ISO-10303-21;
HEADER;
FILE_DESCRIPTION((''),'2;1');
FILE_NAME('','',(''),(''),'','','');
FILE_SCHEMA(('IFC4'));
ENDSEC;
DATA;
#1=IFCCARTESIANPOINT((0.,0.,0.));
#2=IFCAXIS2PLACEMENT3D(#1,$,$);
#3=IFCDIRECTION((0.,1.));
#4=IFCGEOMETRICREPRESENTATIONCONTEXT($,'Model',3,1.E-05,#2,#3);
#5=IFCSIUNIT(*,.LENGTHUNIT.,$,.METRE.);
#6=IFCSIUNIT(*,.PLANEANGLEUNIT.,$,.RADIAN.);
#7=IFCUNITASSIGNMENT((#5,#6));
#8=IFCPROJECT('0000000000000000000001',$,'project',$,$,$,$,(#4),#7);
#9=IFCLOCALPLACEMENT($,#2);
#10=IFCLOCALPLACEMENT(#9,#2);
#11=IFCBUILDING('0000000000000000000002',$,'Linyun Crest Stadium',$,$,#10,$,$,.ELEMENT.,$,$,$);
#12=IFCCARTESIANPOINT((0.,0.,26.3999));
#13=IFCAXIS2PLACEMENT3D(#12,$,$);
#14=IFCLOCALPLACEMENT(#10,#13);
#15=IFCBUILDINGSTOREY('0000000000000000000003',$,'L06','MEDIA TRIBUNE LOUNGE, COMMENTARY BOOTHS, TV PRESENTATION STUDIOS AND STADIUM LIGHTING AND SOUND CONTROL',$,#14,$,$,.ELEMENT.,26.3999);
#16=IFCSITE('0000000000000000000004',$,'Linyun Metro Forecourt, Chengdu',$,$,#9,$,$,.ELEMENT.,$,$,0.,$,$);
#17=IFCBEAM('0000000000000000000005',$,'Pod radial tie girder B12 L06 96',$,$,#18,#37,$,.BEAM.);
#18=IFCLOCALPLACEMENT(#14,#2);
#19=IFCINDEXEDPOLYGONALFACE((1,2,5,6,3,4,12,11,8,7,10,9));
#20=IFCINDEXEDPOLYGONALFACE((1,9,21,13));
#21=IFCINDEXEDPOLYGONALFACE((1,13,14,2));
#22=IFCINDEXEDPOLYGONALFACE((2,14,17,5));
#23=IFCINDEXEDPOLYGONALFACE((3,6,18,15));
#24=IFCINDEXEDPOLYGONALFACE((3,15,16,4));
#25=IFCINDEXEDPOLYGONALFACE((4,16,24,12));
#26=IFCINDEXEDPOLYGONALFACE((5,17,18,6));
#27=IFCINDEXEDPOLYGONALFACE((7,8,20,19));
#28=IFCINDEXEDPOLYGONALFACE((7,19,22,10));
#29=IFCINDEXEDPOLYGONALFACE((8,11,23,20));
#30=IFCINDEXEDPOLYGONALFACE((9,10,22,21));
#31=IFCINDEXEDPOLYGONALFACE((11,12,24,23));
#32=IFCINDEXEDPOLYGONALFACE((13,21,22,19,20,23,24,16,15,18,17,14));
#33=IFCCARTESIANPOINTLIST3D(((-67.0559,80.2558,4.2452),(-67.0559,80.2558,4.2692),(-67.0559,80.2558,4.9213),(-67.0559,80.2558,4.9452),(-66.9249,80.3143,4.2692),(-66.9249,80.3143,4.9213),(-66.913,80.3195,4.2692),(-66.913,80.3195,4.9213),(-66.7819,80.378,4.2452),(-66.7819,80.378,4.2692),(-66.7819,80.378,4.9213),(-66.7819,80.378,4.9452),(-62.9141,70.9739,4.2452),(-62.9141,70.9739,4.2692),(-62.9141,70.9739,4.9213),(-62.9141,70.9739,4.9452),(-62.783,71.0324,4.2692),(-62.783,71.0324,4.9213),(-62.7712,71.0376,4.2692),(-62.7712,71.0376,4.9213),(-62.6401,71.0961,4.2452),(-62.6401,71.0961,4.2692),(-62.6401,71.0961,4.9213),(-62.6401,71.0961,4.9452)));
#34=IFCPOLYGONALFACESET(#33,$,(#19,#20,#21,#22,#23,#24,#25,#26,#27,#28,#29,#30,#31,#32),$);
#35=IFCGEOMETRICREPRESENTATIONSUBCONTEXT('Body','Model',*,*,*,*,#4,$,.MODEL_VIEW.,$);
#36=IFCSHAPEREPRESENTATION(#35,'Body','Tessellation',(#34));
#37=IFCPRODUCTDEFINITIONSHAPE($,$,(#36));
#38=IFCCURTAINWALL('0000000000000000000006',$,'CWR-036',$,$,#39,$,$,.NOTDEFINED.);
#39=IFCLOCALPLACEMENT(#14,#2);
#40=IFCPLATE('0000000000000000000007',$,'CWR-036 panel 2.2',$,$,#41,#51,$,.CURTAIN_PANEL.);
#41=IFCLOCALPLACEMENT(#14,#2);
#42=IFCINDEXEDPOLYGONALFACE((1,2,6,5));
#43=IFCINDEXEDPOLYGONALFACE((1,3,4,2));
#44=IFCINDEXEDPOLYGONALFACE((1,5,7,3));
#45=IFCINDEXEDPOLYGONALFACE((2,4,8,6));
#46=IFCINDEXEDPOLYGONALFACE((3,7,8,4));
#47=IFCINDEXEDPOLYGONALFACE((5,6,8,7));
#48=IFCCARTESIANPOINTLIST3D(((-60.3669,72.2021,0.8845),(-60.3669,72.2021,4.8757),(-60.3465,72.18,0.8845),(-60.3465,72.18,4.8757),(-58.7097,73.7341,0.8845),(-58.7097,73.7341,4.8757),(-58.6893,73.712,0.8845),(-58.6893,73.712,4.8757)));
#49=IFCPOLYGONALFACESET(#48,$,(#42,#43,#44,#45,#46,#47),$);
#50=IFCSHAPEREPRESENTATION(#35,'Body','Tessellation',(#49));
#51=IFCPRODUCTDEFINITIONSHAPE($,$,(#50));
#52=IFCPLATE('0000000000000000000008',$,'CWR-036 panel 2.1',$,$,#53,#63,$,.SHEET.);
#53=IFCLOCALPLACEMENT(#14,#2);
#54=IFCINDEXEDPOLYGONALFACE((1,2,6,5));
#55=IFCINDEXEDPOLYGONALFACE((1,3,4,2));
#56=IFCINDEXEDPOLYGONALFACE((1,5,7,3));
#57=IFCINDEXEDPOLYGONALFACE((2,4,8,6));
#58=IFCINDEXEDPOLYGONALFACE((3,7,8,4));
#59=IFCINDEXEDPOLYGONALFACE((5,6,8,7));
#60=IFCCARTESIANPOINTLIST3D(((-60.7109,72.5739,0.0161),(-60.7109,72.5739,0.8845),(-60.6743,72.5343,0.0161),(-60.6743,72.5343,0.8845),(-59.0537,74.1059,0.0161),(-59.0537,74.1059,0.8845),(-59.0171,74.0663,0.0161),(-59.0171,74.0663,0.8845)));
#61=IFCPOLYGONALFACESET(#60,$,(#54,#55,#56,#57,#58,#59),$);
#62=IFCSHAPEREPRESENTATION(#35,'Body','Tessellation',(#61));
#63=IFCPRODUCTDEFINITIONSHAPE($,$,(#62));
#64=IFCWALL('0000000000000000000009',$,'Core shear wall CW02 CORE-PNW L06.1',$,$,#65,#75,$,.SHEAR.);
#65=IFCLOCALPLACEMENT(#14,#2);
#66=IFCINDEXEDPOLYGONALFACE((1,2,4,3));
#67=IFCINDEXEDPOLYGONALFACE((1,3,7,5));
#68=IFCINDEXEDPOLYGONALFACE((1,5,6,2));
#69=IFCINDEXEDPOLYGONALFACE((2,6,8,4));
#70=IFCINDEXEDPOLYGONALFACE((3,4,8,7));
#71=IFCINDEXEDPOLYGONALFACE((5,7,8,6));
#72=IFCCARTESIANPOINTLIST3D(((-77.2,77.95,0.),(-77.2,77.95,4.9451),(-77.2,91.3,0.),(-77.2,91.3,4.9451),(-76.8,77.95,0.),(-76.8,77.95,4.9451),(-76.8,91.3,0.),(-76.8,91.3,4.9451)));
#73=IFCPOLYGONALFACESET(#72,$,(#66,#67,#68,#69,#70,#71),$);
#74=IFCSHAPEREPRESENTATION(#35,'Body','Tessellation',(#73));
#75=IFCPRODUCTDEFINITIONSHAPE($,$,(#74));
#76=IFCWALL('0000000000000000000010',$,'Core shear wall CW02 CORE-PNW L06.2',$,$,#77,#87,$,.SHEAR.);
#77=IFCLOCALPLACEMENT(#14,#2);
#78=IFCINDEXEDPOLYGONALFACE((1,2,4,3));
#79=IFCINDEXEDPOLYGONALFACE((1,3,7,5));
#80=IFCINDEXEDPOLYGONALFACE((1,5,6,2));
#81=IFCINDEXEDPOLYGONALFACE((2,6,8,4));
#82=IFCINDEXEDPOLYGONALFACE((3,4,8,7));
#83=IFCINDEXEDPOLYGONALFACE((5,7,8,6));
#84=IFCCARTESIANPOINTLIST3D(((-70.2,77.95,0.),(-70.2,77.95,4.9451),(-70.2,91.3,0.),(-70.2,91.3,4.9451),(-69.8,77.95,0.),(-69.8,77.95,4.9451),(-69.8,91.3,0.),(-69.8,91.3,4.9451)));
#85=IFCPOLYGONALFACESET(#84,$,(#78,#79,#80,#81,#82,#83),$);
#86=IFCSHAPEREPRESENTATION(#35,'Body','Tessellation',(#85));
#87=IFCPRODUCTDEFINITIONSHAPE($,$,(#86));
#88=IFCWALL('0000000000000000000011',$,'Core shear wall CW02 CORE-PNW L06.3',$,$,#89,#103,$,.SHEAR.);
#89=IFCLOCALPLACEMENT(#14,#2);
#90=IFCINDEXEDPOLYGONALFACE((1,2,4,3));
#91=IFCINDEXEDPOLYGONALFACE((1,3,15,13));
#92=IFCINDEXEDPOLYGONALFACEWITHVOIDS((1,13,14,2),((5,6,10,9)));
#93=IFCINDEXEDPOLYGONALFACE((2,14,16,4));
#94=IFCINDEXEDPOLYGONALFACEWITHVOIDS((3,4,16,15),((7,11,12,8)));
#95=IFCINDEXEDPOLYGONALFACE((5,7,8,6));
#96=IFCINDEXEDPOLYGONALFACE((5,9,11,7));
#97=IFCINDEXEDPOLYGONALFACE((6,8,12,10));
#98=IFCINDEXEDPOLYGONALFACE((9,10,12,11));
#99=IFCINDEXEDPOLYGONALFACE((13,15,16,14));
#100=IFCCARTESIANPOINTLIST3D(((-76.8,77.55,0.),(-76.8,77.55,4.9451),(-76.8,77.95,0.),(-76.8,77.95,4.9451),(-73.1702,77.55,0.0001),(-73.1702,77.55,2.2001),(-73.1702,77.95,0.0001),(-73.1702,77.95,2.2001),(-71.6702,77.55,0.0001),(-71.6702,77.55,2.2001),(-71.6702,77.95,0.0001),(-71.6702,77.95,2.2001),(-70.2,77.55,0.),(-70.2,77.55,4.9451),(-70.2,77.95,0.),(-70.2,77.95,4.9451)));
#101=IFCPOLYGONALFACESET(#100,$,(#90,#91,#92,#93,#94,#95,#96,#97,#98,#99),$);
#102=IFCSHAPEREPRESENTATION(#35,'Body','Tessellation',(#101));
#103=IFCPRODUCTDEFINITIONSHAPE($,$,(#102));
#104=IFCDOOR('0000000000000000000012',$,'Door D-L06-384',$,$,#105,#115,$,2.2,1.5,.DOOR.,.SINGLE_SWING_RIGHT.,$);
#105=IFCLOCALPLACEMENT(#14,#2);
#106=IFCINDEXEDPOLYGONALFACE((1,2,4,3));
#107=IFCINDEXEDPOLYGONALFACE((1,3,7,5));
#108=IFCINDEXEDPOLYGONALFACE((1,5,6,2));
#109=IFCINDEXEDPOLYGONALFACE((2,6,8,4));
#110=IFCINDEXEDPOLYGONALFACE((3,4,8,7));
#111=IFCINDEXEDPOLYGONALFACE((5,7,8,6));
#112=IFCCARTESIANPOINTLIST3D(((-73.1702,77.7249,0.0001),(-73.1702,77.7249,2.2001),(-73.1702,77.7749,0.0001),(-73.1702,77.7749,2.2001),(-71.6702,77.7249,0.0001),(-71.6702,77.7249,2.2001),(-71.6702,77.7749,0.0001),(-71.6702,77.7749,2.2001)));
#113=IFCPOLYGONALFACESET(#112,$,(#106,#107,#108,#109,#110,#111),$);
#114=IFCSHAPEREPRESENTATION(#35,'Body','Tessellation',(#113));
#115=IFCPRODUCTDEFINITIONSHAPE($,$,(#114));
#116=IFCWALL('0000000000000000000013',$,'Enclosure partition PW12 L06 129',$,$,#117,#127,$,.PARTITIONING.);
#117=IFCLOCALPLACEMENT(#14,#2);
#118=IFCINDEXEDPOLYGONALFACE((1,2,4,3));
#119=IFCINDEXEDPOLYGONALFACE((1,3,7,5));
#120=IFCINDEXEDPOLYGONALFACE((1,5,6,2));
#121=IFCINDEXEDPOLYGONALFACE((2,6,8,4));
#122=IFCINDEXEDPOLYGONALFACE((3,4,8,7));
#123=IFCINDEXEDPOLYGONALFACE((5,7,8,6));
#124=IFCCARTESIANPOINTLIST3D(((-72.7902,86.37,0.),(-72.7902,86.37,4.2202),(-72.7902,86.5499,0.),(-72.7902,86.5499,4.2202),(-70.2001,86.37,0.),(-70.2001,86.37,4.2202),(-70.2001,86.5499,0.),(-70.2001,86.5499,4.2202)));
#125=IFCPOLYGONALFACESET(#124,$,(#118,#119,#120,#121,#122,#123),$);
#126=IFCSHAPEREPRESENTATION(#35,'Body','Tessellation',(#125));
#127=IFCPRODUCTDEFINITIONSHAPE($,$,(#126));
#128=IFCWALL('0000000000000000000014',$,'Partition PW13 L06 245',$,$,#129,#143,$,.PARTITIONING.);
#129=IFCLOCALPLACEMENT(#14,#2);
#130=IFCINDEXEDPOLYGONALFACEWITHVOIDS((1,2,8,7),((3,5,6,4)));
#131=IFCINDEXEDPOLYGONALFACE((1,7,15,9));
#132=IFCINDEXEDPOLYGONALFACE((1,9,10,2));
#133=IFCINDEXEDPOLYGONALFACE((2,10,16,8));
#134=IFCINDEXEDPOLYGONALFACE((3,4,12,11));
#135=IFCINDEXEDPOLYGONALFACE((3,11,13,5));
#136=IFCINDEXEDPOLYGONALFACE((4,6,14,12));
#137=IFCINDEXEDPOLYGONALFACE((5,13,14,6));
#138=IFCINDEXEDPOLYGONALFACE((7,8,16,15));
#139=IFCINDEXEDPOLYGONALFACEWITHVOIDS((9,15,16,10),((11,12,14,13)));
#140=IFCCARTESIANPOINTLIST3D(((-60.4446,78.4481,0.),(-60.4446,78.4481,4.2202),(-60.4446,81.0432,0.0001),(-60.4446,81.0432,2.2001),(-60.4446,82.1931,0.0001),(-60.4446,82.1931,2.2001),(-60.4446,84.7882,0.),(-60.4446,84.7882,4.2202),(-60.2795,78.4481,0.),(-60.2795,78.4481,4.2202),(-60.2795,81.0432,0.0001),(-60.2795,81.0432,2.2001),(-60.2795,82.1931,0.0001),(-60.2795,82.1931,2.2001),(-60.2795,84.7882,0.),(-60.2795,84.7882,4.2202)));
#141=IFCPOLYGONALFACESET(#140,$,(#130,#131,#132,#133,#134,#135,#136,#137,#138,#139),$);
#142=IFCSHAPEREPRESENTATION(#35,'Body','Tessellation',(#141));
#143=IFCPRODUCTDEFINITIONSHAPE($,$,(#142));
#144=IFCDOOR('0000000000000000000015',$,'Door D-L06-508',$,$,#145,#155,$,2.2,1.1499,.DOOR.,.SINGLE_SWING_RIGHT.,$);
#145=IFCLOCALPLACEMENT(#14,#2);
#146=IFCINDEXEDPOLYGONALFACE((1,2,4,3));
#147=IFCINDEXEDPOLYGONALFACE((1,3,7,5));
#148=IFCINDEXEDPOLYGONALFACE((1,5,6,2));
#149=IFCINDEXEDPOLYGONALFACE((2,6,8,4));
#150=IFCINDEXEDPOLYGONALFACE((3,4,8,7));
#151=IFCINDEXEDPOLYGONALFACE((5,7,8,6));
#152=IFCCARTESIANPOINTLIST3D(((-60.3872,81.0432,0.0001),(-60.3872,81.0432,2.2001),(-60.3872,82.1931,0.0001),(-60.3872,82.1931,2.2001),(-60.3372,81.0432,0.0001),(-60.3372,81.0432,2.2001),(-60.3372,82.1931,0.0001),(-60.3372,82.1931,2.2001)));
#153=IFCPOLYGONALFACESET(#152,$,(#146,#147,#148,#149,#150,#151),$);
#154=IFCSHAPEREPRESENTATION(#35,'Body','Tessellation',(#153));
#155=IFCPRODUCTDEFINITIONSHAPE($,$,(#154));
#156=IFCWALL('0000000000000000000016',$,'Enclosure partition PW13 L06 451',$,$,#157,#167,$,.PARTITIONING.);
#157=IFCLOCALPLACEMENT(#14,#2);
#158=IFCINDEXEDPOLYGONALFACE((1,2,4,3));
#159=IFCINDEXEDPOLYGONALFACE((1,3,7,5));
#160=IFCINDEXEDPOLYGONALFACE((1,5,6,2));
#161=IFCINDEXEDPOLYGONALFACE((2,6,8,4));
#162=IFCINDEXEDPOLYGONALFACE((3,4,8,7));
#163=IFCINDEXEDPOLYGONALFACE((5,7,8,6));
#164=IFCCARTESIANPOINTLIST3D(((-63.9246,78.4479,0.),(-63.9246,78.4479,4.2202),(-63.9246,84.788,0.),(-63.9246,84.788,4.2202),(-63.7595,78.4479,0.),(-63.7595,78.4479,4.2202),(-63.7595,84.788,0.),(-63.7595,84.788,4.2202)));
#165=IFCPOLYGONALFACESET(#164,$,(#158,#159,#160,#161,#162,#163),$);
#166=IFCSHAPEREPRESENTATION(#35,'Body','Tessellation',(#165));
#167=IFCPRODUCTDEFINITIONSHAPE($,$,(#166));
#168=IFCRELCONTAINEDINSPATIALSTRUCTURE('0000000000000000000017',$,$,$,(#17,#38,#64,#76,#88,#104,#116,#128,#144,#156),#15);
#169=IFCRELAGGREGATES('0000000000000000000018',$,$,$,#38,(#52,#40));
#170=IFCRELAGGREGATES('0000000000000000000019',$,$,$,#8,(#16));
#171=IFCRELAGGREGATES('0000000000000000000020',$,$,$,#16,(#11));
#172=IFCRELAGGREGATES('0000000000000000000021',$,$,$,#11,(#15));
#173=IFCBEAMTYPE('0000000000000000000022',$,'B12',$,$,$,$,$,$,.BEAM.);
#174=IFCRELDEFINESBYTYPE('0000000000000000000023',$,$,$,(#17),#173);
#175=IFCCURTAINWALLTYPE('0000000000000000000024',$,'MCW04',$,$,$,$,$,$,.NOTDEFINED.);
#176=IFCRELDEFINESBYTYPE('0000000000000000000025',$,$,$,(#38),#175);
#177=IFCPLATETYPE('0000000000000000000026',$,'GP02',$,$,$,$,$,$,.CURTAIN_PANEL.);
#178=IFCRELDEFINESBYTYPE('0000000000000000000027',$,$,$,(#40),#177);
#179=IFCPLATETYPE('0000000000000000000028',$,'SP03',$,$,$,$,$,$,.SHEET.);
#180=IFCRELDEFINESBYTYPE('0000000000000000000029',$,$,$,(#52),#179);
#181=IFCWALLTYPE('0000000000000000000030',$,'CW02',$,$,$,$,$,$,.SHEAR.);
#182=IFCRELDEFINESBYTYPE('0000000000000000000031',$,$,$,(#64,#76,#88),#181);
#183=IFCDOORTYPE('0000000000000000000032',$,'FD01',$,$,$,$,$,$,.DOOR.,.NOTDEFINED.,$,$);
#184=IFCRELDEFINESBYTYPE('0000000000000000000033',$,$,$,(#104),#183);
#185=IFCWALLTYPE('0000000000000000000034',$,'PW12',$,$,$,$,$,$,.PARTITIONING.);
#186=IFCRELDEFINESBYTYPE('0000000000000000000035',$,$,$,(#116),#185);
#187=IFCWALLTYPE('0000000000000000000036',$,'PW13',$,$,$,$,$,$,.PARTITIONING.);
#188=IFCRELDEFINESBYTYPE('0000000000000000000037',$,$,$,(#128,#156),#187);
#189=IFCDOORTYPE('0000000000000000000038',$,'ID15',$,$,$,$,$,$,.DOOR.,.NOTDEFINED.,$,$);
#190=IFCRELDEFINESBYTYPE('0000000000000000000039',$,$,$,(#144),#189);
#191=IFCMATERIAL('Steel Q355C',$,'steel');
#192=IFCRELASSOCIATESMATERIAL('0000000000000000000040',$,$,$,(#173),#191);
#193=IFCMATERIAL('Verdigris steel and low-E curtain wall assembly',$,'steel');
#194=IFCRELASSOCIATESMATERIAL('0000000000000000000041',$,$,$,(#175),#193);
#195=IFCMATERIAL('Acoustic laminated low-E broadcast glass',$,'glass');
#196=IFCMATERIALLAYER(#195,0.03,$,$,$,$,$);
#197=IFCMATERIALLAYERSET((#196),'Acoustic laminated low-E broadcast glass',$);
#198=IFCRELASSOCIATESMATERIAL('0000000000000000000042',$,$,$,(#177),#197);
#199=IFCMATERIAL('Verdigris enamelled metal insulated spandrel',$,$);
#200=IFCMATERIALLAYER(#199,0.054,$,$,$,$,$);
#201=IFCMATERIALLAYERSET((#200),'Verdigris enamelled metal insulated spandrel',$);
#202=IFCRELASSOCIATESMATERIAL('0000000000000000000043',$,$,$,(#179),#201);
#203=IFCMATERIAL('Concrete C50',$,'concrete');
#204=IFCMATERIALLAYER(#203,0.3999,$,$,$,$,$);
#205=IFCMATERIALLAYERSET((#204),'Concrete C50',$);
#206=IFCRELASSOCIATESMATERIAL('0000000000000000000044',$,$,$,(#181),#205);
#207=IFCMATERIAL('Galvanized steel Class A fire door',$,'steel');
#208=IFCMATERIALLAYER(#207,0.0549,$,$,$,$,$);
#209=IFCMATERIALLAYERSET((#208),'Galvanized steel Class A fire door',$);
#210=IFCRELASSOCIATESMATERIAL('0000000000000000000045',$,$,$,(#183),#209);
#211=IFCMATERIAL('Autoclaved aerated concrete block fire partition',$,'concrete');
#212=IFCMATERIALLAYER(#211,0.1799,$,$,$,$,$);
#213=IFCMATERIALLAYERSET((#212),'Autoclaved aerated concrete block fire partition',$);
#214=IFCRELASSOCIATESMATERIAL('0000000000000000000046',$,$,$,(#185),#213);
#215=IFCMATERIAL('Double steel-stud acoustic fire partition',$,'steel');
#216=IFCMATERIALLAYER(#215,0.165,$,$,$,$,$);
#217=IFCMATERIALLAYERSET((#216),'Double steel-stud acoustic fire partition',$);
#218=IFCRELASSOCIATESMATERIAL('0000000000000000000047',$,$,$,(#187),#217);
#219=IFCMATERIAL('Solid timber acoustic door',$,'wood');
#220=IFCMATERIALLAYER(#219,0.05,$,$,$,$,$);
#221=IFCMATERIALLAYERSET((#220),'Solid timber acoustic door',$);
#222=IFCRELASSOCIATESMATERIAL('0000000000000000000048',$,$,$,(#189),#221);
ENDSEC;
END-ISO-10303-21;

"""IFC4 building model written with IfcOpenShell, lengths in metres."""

from ifc_helpers import new_model, si_unit, direction, frame, frame_2d, origin, origin_2d, place, context, subcontext, project, spatial, rectangle, i_section, extrude, material, layer, layer_set, material_profile, profile_set, type_object, element, fill, aggregate, save


model = new_model("IFC4")

# Units and contexts
model_context = context("Model", 3, precision=1e-05, world=origin(), true_north=direction((0.0, 1.0)))
body_context = subcontext(model_context, "Body", "Model", "MODEL_VIEW")
ifc_project = project(units=[si_unit("LENGTHUNIT", "METRE"), si_unit("PLANEANGLEUNIT", "RADIAN")], contexts=[model_context])

# Site, building, storey
site_placement = place(None, origin())
site = spatial("IfcSite", under=ifc_project, at=site_placement, Name="Linyun Metro Forecourt, Chengdu", CompositionType="ELEMENT", RefElevation=0.0)
building_placement = place(site_placement, origin())
building = spatial("IfcBuilding", under=site, at=building_placement, Name="Linyun Crest Stadium", CompositionType="ELEMENT")
storey_placement = place(building_placement, frame((0.0, 0.0, 26.3999)))
storey = spatial("IfcBuildingStorey", under=building, at=storey_placement, Name="L06", Description="MEDIA TRIBUNE LOUNGE, COMMENTARY BOOTHS, TV PRESENTATION STUDIOS AND STADIUM LIGHTING AND SOUND CONTROL", CompositionType="ELEMENT", Elevation=26.3999)

# Beam
ifc_material_1 = material(Name="Steel Q355C", Category="steel")
ifc_material_profile_1 = material_profile(ifc_material_1, i_section(OverallWidth=0.3, OverallDepth=0.7, WebThickness=0.0129, FlangeThickness=0.0239, at=origin_2d()), Name="HN 700x300")
ifc_profile_set_1 = profile_set([ifc_material_profile_1], Name="Steel Q355C")
beam_type_1 = type_object("IfcBeamType", Name="B12", PredefinedType="BEAM", material=ifc_profile_set_1)
beam_1_placement = place(storey_placement, frame((-66.9189, 80.3169, 4.5952), z_axis=(0.407495, -0.913207, 0.0), x_axis=(0.913207, 0.407495, 0.0)))
element("IfcBeam", 1, at=beam_1_placement, inside=storey, type_object=beam_type_1, Name="Pod radial tie girder B12 L06 96", PredefinedType="BEAM", context=body_context, shape_type="SweptSolid", body=[
    extrude(i_section(OverallWidth=0.3, OverallDepth=0.7, WebThickness=0.0129, FlangeThickness=0.0239, at=origin_2d()), origin(), (0.0, 0.0, 1.0), 10.1641),
])

# Curtain wall, plates
ifc_material_2 = material(Name="Verdigris steel and low-E curtain wall assembly", Category="steel")
curtain_wall_type = type_object("IfcCurtainWallType", Name="MCW04", PredefinedType="NOTDEFINED", material=ifc_material_2)
curtain_wall_placement = place(storey_placement, origin())
curtain_wall = element("IfcCurtainWall", 2, at=curtain_wall_placement, inside=storey, type_object=curtain_wall_type, Name="CWR-036", PredefinedType="NOTDEFINED")
ifc_material_3 = material(Name="Acoustic laminated low-E broadcast glass", Category="glass")
ifc_layer_1 = layer(ifc_material_3, 0.03)
ifc_layer_set_1 = layer_set([ifc_layer_1], Name="Acoustic laminated low-E broadcast glass")
plate_type_1 = type_object("IfcPlateType", Name="GP02", PredefinedType="CURTAIN_PANEL", material=ifc_layer_set_1)
plate_1_placement = place(storey_placement, frame((-59.5281, 72.957, 0.8845), z_axis=(0.0, 0.0, 1.0), x_axis=(0.734299, 0.678826, 0.0)))
plate_1 = element("IfcPlate", 3, at=plate_1_placement, type_object=plate_type_1, Name="CWR-036 panel 2.2", PredefinedType="CURTAIN_PANEL", context=body_context, shape_type="SweptSolid", body=[
    extrude(rectangle(XDim=2.2568, YDim=0.03, at=origin_2d()), origin(), (0.0, 0.0, 1.0), 3.9912),
])
ifc_material_4 = material(Name="Verdigris enamelled metal insulated spandrel")
ifc_layer_2 = layer(ifc_material_4, 0.054)
ifc_layer_set_2 = layer_set([ifc_layer_2], Name="Verdigris enamelled metal insulated spandrel")
plate_type_2 = type_object("IfcPlateType", Name="SP03", PredefinedType="SHEET", material=ifc_layer_set_2)
plate_2_placement = place(storey_placement, frame((-59.864, 73.3201, 0.0161), z_axis=(0.0, 0.0, 1.0), x_axis=(0.734299, 0.678826, 0.0)))
plate_2 = element("IfcPlate", 4, at=plate_2_placement, type_object=plate_type_2, Name="CWR-036 panel 2.1", PredefinedType="SHEET", context=body_context, shape_type="SweptSolid", body=[
    extrude(rectangle(XDim=2.2568, YDim=0.054, at=origin_2d()), origin(), (0.0, 0.0, 1.0), 0.8684),
])
aggregate(curtain_wall, [plate_2, plate_1])

# Walls
ifc_material_5 = material(Name="Concrete C50", Category="concrete")
ifc_layer_3 = layer(ifc_material_5, 0.3999)
ifc_layer_set_3 = layer_set([ifc_layer_3], Name="Concrete C50")
wall_type_1 = type_object("IfcWallType", Name="CW02", PredefinedType="SHEAR", material=ifc_layer_set_3)
for number, where, z_axis, x_axis, name in (
    (5, (-77.0, 77.95, 0.0), (0.0, 0.0, 1.0), (0.0, 1.0, 0.0), "Core shear wall CW02 CORE-PNW L06.1"),
    (6, (-70.0, 77.95, 0.0), (0.0, 0.0, 1.0), (0.0, 1.0, 0.0), "Core shear wall CW02 CORE-PNW L06.2"),
):
    element("IfcWall", number, at=place(storey_placement, frame(where, z_axis=z_axis, x_axis=x_axis)), inside=storey, type_object=wall_type_1, Name=name, PredefinedType="SHEAR", context=body_context, shape_type="SweptSolid", body=[
        extrude(rectangle(XDim=13.3501, YDim=0.3999, at=frame_2d((6.675, 0.0))), origin(), (0.0, 0.0, 1.0), 4.9451),
    ])

# Wall, opening, door
wall_1_placement = place(storey_placement, frame((-76.8, 77.75, 0.0), z_axis=(0.0, 0.0, 1.0), x_axis=(1.0, 0.0, 0.0)))
wall_1 = element("IfcWall", 7, at=wall_1_placement, inside=storey, type_object=wall_type_1, Name="Core shear wall CW02 CORE-PNW L06.3", PredefinedType="SHEAR", context=body_context, shape_type="SweptSolid", body=[
    extrude(rectangle(XDim=6.6001, YDim=0.3999, at=frame_2d((3.3, 0.0))), origin(), (0.0, 0.0, 1.0), 4.9451),
])
opening_1_placement = place(wall_1_placement, frame((3.6299, 0.0, 0.0)))
opening_1 = element("IfcOpeningElement", 8, at=opening_1_placement, cuts=wall_1, PredefinedType="OPENING", context=body_context, shape_type="SweptSolid", body=[
    extrude(rectangle(XDim=1.5, YDim=2.2, at=frame_2d((0.75, 1.1001))), frame((0.0, 0.21, 0.0), z_axis=(0.0, -1.0, 0.0), x_axis=(1.0, 0.0, 0.0)), (0.0, 0.0, 1.0), 0.4199),
])
ifc_material_6 = material(Name="Galvanized steel Class A fire door", Category="steel")
ifc_layer_4 = layer(ifc_material_6, 0.0549)
ifc_layer_set_4 = layer_set([ifc_layer_4], Name="Galvanized steel Class A fire door")
door_type_1 = type_object("IfcDoorType", Name="FD01", OperationType="NOTDEFINED", PredefinedType="DOOR", material=ifc_layer_set_4)
door_1_placement = place(opening_1_placement, origin())
door_1 = element("IfcDoor", 9, at=door_1_placement, inside=storey, type_object=door_type_1, Name="Door D-L06-384", OperationType="SINGLE_SWING_RIGHT", OverallHeight=2.2, OverallWidth=1.5, PredefinedType="DOOR", context=body_context, shape_type="SweptSolid", body=[
    extrude(rectangle(XDim=1.5, YDim=2.2, at=frame_2d((0.75, 1.1001))), frame((0.0, 0.0249, 0.0), z_axis=(0.0, -1.0, 0.0), x_axis=(1.0, 0.0, 0.0)), (0.0, 0.0, 1.0), 0.05),
])
fill(opening_1, door_1)

# Wall
ifc_material_7 = material(Name="Autoclaved aerated concrete block fire partition", Category="concrete")
ifc_layer_5 = layer(ifc_material_7, 0.1799)
ifc_layer_set_5 = layer_set([ifc_layer_5], Name="Autoclaved aerated concrete block fire partition")
wall_type_2 = type_object("IfcWallType", Name="PW12", PredefinedType="PARTITIONING", material=ifc_layer_set_5)
wall_2_placement = place(storey_placement, frame((-72.79, 86.46, 0.0), z_axis=(0.0, 0.0, 1.0), x_axis=(1.0, 0.0, 0.0)))
element("IfcWall", 10, at=wall_2_placement, inside=storey, type_object=wall_type_2, Name="Enclosure partition PW12 L06 129", PredefinedType="PARTITIONING", context=body_context, shape_type="SweptSolid", body=[
    extrude(rectangle(XDim=2.5901, YDim=0.1799, at=frame_2d((1.2949, 0.0))), origin(), (0.0, 0.0, 1.0), 4.2202),
])

# Wall, opening, door
ifc_material_8 = material(Name="Double steel-stud acoustic fire partition", Category="steel")
ifc_layer_6 = layer(ifc_material_8, 0.165)
ifc_layer_set_6 = layer_set([ifc_layer_6], Name="Double steel-stud acoustic fire partition")
wall_type_3 = type_object("IfcWallType", Name="PW13", PredefinedType="PARTITIONING", material=ifc_layer_set_6)
wall_3_placement = place(storey_placement, frame((-60.3621, 84.7881, 0.0), z_axis=(0.0, 0.0, 1.0), x_axis=(0.0, -1.0, 0.0)))
wall_3 = element("IfcWall", 11, at=wall_3_placement, inside=storey, type_object=wall_type_3, Name="Partition PW13 L06 245", PredefinedType="PARTITIONING", context=body_context, shape_type="SweptSolid", body=[
    extrude(rectangle(XDim=6.3401, YDim=0.165, at=frame_2d((3.1699, 0.0))), origin(), (0.0, 0.0, 1.0), 4.2202),
])
opening_2_placement = place(wall_3_placement, frame((2.595, 0.0, 0.0)))
opening_2 = element("IfcOpeningElement", 12, at=opening_2_placement, cuts=wall_3, PredefinedType="OPENING", context=body_context, shape_type="SweptSolid", body=[
    extrude(rectangle(XDim=1.1499, YDim=2.2, at=frame_2d((0.575, 1.1001))), frame((0.0, 0.0925, 0.0), z_axis=(0.0, -1.0, 0.0), x_axis=(1.0, 0.0, 0.0)), (0.0, 0.0, 1.0), 0.1851),
])
ifc_material_9 = material(Name="Solid timber acoustic door", Category="wood")
ifc_layer_7 = layer(ifc_material_9, 0.05)
ifc_layer_set_7 = layer_set([ifc_layer_7], Name="Solid timber acoustic door")
door_type_2 = type_object("IfcDoorType", Name="ID15", OperationType="NOTDEFINED", PredefinedType="DOOR", material=ifc_layer_set_7)
door_2_placement = place(opening_2_placement, origin())
door_2 = element("IfcDoor", 13, at=door_2_placement, inside=storey, type_object=door_type_2, Name="Door D-L06-508", OperationType="SINGLE_SWING_RIGHT", OverallHeight=2.2, OverallWidth=1.1499, PredefinedType="DOOR", context=body_context, shape_type="SweptSolid", body=[
    extrude(rectangle(XDim=1.1499, YDim=2.2, at=frame_2d((0.575, 1.1001))), frame((0.0, 0.0249, 0.0), z_axis=(0.0, -1.0, 0.0), x_axis=(1.0, 0.0, 0.0)), (0.0, 0.0, 1.0), 0.05),
])
fill(opening_2, door_2)

# Wall
wall_4_placement = place(storey_placement, frame((-63.842, 78.448, 0.0), z_axis=(0.0, 0.0, 1.0), x_axis=(0.0, 1.0, 0.0)))
element("IfcWall", 14, at=wall_4_placement, inside=storey, type_object=wall_type_3, Name="Enclosure partition PW13 L06 451", PredefinedType="PARTITIONING", context=body_context, shape_type="SweptSolid", body=[
    extrude(rectangle(XDim=6.3401, YDim=0.165, at=frame_2d((3.1699, 0.0))), origin(), (0.0, 0.0, 1.0), 4.2202),
])

save(model, "model.ifc")
